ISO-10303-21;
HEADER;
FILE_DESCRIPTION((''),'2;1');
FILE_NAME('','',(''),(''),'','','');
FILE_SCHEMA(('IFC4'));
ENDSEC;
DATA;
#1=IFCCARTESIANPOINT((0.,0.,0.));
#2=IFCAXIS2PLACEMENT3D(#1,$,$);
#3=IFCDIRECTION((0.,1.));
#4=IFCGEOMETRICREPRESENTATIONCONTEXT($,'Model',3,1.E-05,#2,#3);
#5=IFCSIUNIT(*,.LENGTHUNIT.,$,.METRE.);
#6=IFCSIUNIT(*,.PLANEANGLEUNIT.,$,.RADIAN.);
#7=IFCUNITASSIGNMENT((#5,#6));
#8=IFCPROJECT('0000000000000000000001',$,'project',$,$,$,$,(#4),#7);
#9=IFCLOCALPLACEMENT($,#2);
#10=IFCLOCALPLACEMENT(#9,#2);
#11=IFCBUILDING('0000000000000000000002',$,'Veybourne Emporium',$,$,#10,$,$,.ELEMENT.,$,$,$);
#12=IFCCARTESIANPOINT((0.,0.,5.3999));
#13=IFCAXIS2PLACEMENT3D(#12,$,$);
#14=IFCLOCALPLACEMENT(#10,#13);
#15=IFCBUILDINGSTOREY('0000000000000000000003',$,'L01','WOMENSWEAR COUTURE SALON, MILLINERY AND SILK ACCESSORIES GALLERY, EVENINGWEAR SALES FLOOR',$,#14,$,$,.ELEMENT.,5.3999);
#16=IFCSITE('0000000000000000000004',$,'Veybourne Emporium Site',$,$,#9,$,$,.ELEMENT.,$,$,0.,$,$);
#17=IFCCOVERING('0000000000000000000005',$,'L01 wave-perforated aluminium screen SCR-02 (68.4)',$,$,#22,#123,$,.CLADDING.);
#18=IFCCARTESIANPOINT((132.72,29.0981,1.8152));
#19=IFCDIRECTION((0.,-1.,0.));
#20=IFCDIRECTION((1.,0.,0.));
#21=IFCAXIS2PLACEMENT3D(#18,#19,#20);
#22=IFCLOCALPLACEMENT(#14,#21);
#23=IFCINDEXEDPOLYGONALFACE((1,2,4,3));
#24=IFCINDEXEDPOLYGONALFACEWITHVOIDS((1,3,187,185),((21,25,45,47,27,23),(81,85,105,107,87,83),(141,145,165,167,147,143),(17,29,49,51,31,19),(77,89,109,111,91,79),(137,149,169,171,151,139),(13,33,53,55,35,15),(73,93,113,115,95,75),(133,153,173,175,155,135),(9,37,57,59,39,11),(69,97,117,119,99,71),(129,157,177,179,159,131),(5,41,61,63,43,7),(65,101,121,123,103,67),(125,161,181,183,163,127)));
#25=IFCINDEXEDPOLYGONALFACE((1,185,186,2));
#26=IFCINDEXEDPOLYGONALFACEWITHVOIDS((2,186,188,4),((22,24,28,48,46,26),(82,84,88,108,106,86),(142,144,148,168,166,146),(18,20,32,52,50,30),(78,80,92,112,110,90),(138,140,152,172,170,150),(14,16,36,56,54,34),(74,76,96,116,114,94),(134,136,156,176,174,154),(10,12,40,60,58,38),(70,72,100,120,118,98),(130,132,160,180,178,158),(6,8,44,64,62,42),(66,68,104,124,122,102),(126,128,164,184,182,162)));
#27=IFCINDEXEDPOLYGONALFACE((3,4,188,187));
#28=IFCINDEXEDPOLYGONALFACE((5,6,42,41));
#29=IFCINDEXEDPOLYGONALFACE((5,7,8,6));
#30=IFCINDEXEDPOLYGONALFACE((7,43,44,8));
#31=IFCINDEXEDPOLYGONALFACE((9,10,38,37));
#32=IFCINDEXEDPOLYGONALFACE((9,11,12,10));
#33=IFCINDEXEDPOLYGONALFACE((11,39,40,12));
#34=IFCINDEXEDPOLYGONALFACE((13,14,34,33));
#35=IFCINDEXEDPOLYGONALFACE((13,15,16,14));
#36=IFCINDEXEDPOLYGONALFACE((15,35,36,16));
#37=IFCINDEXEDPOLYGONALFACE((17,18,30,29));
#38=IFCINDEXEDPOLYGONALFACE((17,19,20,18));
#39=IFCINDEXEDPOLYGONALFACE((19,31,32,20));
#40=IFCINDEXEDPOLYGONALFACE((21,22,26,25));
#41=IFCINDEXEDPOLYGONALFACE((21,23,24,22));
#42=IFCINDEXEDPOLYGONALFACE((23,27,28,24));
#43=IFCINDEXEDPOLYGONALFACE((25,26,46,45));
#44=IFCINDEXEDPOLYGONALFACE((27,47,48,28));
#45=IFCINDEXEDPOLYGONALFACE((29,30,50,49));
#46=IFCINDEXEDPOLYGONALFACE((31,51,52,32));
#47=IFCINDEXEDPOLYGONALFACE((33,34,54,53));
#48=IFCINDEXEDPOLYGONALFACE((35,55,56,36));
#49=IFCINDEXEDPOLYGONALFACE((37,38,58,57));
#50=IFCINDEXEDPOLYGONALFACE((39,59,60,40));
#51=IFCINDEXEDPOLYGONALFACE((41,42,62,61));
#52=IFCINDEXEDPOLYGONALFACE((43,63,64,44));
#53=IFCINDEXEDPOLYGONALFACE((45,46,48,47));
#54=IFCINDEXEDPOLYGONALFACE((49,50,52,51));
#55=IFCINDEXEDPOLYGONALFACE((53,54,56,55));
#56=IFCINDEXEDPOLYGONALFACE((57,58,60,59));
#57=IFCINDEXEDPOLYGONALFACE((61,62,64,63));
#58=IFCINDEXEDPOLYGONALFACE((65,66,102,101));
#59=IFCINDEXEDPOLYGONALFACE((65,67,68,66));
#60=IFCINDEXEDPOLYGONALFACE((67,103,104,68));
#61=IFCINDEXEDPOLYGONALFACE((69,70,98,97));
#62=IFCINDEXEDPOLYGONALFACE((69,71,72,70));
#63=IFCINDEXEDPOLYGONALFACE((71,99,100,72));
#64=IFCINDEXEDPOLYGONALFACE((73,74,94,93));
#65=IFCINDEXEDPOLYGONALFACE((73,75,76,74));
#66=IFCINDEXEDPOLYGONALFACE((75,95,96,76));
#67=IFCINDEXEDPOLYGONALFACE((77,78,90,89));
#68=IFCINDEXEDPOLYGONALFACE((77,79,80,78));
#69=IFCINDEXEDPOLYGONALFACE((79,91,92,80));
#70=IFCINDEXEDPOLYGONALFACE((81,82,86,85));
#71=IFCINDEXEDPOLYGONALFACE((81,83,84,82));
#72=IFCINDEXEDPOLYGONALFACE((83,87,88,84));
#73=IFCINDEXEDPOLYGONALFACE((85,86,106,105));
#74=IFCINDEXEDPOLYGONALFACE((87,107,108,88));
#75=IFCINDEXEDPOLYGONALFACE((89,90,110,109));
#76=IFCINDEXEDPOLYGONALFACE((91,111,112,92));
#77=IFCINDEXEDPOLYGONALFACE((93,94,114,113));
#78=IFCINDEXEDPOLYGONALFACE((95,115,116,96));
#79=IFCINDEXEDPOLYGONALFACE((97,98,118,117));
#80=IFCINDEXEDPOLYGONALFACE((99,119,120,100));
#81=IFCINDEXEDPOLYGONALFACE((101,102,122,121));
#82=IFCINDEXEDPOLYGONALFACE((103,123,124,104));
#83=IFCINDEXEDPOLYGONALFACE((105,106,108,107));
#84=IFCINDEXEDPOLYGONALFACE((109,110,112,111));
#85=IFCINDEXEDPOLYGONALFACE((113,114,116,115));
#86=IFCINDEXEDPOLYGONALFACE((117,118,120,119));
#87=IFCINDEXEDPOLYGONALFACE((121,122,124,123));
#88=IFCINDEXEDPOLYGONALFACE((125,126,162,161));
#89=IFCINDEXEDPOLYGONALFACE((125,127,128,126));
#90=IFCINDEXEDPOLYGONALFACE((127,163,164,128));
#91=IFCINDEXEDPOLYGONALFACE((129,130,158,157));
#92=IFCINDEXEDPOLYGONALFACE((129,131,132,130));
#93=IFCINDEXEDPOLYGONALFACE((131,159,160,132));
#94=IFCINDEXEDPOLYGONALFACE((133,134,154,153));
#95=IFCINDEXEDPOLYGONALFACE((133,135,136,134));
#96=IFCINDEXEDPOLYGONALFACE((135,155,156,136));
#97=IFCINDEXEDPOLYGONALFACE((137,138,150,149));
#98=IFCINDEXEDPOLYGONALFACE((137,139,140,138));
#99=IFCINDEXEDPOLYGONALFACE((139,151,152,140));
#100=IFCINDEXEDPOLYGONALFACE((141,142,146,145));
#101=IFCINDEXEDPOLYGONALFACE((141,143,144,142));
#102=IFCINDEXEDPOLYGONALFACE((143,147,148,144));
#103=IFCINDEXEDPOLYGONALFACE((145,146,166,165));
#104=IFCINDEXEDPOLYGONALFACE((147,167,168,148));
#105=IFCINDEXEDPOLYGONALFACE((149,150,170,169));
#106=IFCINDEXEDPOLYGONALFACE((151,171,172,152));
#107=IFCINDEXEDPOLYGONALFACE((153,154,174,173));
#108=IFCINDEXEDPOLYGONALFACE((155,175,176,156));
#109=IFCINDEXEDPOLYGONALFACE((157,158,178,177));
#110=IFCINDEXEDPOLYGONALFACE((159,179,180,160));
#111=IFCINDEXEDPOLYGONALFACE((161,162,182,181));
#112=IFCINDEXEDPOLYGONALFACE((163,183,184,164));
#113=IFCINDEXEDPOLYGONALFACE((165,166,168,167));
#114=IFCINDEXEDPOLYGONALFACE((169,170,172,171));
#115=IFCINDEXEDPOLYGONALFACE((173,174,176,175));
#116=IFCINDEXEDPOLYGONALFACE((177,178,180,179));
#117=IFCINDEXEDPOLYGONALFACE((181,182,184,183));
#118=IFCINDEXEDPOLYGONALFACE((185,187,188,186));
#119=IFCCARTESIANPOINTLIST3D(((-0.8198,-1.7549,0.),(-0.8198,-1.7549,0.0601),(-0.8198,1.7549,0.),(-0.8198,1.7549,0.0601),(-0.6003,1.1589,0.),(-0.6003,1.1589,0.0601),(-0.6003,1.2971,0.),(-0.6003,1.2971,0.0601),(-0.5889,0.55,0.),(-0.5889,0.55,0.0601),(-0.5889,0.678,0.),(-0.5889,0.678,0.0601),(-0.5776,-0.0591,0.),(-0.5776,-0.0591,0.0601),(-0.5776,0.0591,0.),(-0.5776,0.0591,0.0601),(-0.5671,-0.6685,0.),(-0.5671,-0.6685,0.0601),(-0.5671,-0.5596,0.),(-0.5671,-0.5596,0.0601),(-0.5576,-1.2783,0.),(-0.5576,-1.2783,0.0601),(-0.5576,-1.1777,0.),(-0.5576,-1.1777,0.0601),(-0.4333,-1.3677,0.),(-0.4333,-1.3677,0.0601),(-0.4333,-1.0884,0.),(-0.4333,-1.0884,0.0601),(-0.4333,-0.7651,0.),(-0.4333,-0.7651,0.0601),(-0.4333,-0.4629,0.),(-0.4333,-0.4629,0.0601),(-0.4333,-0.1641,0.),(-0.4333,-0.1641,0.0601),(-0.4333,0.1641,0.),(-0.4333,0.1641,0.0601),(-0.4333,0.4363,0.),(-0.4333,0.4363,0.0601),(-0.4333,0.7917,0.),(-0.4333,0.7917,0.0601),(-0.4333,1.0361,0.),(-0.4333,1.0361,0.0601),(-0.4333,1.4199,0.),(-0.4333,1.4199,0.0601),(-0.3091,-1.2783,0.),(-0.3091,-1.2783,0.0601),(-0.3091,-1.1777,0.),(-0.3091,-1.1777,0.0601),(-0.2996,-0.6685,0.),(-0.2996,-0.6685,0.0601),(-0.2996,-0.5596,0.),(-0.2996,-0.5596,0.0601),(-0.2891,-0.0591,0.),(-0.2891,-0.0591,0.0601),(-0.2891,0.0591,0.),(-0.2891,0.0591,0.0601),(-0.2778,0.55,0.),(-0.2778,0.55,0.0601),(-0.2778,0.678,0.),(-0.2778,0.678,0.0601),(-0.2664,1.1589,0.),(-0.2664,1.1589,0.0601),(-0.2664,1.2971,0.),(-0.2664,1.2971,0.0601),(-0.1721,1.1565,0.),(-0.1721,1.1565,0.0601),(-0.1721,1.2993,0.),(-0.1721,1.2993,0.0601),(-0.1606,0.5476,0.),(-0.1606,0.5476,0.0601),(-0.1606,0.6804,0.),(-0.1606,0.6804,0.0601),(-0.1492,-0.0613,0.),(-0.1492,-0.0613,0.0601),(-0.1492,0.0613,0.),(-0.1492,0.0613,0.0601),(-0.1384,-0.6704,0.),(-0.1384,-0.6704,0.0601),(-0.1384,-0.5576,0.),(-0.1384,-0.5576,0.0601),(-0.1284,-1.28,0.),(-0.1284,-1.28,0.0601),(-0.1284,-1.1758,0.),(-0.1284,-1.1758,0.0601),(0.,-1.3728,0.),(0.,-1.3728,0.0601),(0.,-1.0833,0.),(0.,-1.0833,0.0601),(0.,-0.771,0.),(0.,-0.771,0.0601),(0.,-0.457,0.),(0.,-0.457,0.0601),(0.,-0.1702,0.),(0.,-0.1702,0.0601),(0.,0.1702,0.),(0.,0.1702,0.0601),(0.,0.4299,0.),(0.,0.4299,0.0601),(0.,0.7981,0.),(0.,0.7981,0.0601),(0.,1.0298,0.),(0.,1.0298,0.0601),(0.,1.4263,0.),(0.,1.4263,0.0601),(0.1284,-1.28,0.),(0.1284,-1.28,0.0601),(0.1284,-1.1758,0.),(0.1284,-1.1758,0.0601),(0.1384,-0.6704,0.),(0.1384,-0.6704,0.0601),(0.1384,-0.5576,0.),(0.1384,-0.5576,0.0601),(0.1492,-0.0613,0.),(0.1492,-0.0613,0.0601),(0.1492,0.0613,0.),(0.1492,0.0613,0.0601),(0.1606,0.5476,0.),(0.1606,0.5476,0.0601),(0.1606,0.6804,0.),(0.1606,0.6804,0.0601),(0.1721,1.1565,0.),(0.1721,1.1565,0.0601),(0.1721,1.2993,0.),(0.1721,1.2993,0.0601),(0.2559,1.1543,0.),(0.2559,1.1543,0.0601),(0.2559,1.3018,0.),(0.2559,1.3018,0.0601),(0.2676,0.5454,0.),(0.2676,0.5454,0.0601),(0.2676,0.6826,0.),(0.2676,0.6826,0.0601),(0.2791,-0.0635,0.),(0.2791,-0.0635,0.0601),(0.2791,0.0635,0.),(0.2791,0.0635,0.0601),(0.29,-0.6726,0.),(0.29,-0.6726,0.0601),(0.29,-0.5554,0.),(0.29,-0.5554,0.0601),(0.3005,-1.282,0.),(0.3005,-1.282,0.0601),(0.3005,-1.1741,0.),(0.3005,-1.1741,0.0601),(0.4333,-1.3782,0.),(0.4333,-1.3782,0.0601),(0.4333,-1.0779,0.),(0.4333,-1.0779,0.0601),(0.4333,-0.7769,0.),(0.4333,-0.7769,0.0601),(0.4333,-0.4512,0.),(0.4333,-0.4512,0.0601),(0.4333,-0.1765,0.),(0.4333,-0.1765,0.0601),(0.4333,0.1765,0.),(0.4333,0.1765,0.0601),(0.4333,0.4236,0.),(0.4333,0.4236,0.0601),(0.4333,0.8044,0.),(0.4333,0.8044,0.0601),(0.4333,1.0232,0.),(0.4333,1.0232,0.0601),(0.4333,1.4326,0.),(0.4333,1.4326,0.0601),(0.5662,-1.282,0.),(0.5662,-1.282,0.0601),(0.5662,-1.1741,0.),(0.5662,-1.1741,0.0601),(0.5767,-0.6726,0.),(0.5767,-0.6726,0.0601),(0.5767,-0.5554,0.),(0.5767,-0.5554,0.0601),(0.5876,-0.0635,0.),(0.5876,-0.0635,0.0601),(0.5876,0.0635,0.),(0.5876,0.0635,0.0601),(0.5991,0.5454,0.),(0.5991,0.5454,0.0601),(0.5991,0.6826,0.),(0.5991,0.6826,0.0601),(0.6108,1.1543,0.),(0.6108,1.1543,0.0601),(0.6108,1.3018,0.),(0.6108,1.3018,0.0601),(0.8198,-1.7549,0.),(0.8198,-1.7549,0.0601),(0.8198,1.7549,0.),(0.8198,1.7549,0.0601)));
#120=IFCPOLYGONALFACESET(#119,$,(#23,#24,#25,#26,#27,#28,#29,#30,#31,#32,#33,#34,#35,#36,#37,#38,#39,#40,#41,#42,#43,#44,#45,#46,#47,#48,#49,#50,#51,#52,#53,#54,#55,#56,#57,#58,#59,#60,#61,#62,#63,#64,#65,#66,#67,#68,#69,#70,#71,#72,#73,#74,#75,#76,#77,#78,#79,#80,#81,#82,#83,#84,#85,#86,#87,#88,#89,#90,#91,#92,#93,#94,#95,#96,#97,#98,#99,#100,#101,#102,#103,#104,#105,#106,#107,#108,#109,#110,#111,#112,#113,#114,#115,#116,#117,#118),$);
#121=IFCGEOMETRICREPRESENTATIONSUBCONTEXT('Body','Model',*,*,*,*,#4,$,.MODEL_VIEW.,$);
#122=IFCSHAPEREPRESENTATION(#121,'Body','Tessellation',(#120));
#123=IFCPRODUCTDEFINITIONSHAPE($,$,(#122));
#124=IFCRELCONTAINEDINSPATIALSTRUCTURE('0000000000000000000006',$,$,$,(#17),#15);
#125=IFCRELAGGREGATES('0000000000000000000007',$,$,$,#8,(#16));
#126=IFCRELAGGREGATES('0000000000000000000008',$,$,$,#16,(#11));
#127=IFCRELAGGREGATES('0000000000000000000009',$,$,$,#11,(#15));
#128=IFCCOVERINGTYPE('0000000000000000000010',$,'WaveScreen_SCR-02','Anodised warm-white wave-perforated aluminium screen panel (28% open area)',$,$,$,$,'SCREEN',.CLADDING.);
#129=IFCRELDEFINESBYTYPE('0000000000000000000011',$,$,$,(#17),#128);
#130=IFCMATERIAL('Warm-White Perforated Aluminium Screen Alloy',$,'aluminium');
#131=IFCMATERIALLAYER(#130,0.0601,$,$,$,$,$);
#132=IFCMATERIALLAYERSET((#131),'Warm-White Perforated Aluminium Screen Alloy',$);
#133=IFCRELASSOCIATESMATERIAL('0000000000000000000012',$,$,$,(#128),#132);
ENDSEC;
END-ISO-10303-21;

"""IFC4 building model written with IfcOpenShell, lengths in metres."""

from ifc_helpers import new_model, si_unit, direction, frame, origin, place, context, subcontext, project, spatial, polyline, outline, extrude, material, layer, layer_set, type_object, element, save


model = new_model("IFC4")

# Units and contexts
model_context = context("Model", 3, precision=1e-05, world=origin(), true_north=direction((0.0, 1.0)))
body_context = subcontext(model_context, "Body", "Model", "MODEL_VIEW")
ifc_project = project(units=[si_unit("LENGTHUNIT", "METRE"), si_unit("PLANEANGLEUNIT", "RADIAN")], contexts=[model_context])

# Site, building, storey
site_placement = place(None, origin())
site = spatial("IfcSite", under=ifc_project, at=site_placement, Name="Veybourne Emporium Site", CompositionType="ELEMENT", RefElevation=0.0)
building_placement = place(site_placement, origin())
building = spatial("IfcBuilding", under=site, at=building_placement, Name="Veybourne Emporium", CompositionType="ELEMENT")
storey_placement = place(building_placement, frame((0.0, 0.0, 5.3999)))
storey = spatial("IfcBuildingStorey", under=building, at=storey_placement, Name="L01", Description="WOMENSWEAR COUTURE SALON, MILLINERY AND SILK ACCESSORIES GALLERY, EVENINGWEAR SALES FLOOR", CompositionType="ELEMENT", Elevation=5.3999)

# Covering
ifc_material_1 = material(Name="Warm-White Perforated Aluminium Screen Alloy", Category="aluminium")
ifc_layer_1 = layer(ifc_material_1, 0.0601)
ifc_layer_set_1 = layer_set([ifc_layer_1], Name="Warm-White Perforated Aluminium Screen Alloy")
covering_type_1 = type_object("IfcCoveringType", Name="WaveScreen_SCR-02", Description="Anodised warm-white wave-perforated aluminium screen panel (28% open area)", ElementType="SCREEN", PredefinedType="CLADDING", material=ifc_layer_set_1)
covering_1_placement = place(storey_placement, frame((132.72, 29.0981, 1.8152), z_axis=(0.0, -1.0, 0.0), x_axis=(1.0, 0.0, 0.0)))
element("IfcCovering", 1, at=covering_1_placement, inside=storey, type_object=covering_type_1, Name="L01 wave-perforated aluminium screen SCR-02 (68.4)", PredefinedType="CLADDING", context=body_context, shape_type="SweptSolid", body=[
    extrude(outline(polyline([(-0.8198, -1.7549), (0.8198, -1.7549), (0.8198, 1.7549), (-0.8198, 1.7549), (-0.8198, -1.7549)]), holes=[polyline([(-0.4333, -1.0884), (-0.3091, -1.1777), (-0.3091, -1.2783), (-0.4333, -1.3677), (-0.5576, -1.2783), (-0.5576, -1.1777), (-0.4333, -1.0884)]), polyline([(-0.4333, -0.4629), (-0.2996, -0.5596), (-0.2996, -0.6685), (-0.4333, -0.7651), (-0.5671, -0.6685), (-0.5671, -0.5596), (-0.4333, -0.4629)]), polyline([(-0.4333, 0.1641), (-0.2891, 0.0591), (-0.2891, -0.0591), (-0.4333, -0.1641), (-0.5776, -0.0591), (-0.5776, 0.0591), (-0.4333, 0.1641)]), polyline([(-0.4333, 0.7917), (-0.2778, 0.678), (-0.2778, 0.55), (-0.4333, 0.4363), (-0.5889, 0.55), (-0.5889, 0.678), (-0.4333, 0.7917)]), polyline([(-0.4333, 1.4199), (-0.2664, 1.2971), (-0.2664, 1.1589), (-0.4333, 1.0361), (-0.6003, 1.1589), (-0.6003, 1.2971), (-0.4333, 1.4199)]), polyline([(0.0, -1.0833), (0.1284, -1.1758), (0.1284, -1.28), (0.0, -1.3728), (-0.1284, -1.28), (-0.1284, -1.1758), (0.0, -1.0833)]), polyline([(0.0, -0.457), (0.1384, -0.5576), (0.1384, -0.6704), (0.0, -0.771), (-0.1384, -0.6704), (-0.1384, -0.5576), (0.0, -0.457)]), polyline([(0.0, 0.1702), (0.1492, 0.0613), (0.1492, -0.0613), (0.0, -0.1702), (-0.1492, -0.0613), (-0.1492, 0.0613), (0.0, 0.1702)]), polyline([(0.0, 0.7981), (0.1606, 0.6804), (0.1606, 0.5476), (0.0, 0.4299), (-0.1606, 0.5476), (-0.1606, 0.6804), (0.0, 0.7981)]), polyline([(0.0, 1.4263), (0.1721, 1.2993), (0.1721, 1.1565), (0.0, 1.0298), (-0.1721, 1.1565), (-0.1721, 1.2993), (0.0, 1.4263)]), polyline([(0.4333, -1.0779), (0.5662, -1.1741), (0.5662, -1.282), (0.4333, -1.3782), (0.3005, -1.282), (0.3005, -1.1741), (0.4333, -1.0779)]), polyline([(0.4333, -0.4512), (0.5767, -0.5554), (0.5767, -0.6726), (0.4333, -0.7769), (0.29, -0.6726), (0.29, -0.5554), (0.4333, -0.4512)]), polyline([(0.4333, 0.1765), (0.5876, 0.0635), (0.5876, -0.0635), (0.4333, -0.1765), (0.2791, -0.0635), (0.2791, 0.0635), (0.4333, 0.1765)]), polyline([(0.4333, 0.8044), (0.5991, 0.6826), (0.5991, 0.5454), (0.4333, 0.4236), (0.2676, 0.5454), (0.2676, 0.6826), (0.4333, 0.8044)]), polyline([(0.4333, 1.4326), (0.6108, 1.3018), (0.6108, 1.1543), (0.4333, 1.0232), (0.2559, 1.1543), (0.2559, 1.3018), (0.4333, 1.4326)])]), origin(), (0.0, 0.0, 1.0), 0.0601),
])

save(model, "model.ifc")
